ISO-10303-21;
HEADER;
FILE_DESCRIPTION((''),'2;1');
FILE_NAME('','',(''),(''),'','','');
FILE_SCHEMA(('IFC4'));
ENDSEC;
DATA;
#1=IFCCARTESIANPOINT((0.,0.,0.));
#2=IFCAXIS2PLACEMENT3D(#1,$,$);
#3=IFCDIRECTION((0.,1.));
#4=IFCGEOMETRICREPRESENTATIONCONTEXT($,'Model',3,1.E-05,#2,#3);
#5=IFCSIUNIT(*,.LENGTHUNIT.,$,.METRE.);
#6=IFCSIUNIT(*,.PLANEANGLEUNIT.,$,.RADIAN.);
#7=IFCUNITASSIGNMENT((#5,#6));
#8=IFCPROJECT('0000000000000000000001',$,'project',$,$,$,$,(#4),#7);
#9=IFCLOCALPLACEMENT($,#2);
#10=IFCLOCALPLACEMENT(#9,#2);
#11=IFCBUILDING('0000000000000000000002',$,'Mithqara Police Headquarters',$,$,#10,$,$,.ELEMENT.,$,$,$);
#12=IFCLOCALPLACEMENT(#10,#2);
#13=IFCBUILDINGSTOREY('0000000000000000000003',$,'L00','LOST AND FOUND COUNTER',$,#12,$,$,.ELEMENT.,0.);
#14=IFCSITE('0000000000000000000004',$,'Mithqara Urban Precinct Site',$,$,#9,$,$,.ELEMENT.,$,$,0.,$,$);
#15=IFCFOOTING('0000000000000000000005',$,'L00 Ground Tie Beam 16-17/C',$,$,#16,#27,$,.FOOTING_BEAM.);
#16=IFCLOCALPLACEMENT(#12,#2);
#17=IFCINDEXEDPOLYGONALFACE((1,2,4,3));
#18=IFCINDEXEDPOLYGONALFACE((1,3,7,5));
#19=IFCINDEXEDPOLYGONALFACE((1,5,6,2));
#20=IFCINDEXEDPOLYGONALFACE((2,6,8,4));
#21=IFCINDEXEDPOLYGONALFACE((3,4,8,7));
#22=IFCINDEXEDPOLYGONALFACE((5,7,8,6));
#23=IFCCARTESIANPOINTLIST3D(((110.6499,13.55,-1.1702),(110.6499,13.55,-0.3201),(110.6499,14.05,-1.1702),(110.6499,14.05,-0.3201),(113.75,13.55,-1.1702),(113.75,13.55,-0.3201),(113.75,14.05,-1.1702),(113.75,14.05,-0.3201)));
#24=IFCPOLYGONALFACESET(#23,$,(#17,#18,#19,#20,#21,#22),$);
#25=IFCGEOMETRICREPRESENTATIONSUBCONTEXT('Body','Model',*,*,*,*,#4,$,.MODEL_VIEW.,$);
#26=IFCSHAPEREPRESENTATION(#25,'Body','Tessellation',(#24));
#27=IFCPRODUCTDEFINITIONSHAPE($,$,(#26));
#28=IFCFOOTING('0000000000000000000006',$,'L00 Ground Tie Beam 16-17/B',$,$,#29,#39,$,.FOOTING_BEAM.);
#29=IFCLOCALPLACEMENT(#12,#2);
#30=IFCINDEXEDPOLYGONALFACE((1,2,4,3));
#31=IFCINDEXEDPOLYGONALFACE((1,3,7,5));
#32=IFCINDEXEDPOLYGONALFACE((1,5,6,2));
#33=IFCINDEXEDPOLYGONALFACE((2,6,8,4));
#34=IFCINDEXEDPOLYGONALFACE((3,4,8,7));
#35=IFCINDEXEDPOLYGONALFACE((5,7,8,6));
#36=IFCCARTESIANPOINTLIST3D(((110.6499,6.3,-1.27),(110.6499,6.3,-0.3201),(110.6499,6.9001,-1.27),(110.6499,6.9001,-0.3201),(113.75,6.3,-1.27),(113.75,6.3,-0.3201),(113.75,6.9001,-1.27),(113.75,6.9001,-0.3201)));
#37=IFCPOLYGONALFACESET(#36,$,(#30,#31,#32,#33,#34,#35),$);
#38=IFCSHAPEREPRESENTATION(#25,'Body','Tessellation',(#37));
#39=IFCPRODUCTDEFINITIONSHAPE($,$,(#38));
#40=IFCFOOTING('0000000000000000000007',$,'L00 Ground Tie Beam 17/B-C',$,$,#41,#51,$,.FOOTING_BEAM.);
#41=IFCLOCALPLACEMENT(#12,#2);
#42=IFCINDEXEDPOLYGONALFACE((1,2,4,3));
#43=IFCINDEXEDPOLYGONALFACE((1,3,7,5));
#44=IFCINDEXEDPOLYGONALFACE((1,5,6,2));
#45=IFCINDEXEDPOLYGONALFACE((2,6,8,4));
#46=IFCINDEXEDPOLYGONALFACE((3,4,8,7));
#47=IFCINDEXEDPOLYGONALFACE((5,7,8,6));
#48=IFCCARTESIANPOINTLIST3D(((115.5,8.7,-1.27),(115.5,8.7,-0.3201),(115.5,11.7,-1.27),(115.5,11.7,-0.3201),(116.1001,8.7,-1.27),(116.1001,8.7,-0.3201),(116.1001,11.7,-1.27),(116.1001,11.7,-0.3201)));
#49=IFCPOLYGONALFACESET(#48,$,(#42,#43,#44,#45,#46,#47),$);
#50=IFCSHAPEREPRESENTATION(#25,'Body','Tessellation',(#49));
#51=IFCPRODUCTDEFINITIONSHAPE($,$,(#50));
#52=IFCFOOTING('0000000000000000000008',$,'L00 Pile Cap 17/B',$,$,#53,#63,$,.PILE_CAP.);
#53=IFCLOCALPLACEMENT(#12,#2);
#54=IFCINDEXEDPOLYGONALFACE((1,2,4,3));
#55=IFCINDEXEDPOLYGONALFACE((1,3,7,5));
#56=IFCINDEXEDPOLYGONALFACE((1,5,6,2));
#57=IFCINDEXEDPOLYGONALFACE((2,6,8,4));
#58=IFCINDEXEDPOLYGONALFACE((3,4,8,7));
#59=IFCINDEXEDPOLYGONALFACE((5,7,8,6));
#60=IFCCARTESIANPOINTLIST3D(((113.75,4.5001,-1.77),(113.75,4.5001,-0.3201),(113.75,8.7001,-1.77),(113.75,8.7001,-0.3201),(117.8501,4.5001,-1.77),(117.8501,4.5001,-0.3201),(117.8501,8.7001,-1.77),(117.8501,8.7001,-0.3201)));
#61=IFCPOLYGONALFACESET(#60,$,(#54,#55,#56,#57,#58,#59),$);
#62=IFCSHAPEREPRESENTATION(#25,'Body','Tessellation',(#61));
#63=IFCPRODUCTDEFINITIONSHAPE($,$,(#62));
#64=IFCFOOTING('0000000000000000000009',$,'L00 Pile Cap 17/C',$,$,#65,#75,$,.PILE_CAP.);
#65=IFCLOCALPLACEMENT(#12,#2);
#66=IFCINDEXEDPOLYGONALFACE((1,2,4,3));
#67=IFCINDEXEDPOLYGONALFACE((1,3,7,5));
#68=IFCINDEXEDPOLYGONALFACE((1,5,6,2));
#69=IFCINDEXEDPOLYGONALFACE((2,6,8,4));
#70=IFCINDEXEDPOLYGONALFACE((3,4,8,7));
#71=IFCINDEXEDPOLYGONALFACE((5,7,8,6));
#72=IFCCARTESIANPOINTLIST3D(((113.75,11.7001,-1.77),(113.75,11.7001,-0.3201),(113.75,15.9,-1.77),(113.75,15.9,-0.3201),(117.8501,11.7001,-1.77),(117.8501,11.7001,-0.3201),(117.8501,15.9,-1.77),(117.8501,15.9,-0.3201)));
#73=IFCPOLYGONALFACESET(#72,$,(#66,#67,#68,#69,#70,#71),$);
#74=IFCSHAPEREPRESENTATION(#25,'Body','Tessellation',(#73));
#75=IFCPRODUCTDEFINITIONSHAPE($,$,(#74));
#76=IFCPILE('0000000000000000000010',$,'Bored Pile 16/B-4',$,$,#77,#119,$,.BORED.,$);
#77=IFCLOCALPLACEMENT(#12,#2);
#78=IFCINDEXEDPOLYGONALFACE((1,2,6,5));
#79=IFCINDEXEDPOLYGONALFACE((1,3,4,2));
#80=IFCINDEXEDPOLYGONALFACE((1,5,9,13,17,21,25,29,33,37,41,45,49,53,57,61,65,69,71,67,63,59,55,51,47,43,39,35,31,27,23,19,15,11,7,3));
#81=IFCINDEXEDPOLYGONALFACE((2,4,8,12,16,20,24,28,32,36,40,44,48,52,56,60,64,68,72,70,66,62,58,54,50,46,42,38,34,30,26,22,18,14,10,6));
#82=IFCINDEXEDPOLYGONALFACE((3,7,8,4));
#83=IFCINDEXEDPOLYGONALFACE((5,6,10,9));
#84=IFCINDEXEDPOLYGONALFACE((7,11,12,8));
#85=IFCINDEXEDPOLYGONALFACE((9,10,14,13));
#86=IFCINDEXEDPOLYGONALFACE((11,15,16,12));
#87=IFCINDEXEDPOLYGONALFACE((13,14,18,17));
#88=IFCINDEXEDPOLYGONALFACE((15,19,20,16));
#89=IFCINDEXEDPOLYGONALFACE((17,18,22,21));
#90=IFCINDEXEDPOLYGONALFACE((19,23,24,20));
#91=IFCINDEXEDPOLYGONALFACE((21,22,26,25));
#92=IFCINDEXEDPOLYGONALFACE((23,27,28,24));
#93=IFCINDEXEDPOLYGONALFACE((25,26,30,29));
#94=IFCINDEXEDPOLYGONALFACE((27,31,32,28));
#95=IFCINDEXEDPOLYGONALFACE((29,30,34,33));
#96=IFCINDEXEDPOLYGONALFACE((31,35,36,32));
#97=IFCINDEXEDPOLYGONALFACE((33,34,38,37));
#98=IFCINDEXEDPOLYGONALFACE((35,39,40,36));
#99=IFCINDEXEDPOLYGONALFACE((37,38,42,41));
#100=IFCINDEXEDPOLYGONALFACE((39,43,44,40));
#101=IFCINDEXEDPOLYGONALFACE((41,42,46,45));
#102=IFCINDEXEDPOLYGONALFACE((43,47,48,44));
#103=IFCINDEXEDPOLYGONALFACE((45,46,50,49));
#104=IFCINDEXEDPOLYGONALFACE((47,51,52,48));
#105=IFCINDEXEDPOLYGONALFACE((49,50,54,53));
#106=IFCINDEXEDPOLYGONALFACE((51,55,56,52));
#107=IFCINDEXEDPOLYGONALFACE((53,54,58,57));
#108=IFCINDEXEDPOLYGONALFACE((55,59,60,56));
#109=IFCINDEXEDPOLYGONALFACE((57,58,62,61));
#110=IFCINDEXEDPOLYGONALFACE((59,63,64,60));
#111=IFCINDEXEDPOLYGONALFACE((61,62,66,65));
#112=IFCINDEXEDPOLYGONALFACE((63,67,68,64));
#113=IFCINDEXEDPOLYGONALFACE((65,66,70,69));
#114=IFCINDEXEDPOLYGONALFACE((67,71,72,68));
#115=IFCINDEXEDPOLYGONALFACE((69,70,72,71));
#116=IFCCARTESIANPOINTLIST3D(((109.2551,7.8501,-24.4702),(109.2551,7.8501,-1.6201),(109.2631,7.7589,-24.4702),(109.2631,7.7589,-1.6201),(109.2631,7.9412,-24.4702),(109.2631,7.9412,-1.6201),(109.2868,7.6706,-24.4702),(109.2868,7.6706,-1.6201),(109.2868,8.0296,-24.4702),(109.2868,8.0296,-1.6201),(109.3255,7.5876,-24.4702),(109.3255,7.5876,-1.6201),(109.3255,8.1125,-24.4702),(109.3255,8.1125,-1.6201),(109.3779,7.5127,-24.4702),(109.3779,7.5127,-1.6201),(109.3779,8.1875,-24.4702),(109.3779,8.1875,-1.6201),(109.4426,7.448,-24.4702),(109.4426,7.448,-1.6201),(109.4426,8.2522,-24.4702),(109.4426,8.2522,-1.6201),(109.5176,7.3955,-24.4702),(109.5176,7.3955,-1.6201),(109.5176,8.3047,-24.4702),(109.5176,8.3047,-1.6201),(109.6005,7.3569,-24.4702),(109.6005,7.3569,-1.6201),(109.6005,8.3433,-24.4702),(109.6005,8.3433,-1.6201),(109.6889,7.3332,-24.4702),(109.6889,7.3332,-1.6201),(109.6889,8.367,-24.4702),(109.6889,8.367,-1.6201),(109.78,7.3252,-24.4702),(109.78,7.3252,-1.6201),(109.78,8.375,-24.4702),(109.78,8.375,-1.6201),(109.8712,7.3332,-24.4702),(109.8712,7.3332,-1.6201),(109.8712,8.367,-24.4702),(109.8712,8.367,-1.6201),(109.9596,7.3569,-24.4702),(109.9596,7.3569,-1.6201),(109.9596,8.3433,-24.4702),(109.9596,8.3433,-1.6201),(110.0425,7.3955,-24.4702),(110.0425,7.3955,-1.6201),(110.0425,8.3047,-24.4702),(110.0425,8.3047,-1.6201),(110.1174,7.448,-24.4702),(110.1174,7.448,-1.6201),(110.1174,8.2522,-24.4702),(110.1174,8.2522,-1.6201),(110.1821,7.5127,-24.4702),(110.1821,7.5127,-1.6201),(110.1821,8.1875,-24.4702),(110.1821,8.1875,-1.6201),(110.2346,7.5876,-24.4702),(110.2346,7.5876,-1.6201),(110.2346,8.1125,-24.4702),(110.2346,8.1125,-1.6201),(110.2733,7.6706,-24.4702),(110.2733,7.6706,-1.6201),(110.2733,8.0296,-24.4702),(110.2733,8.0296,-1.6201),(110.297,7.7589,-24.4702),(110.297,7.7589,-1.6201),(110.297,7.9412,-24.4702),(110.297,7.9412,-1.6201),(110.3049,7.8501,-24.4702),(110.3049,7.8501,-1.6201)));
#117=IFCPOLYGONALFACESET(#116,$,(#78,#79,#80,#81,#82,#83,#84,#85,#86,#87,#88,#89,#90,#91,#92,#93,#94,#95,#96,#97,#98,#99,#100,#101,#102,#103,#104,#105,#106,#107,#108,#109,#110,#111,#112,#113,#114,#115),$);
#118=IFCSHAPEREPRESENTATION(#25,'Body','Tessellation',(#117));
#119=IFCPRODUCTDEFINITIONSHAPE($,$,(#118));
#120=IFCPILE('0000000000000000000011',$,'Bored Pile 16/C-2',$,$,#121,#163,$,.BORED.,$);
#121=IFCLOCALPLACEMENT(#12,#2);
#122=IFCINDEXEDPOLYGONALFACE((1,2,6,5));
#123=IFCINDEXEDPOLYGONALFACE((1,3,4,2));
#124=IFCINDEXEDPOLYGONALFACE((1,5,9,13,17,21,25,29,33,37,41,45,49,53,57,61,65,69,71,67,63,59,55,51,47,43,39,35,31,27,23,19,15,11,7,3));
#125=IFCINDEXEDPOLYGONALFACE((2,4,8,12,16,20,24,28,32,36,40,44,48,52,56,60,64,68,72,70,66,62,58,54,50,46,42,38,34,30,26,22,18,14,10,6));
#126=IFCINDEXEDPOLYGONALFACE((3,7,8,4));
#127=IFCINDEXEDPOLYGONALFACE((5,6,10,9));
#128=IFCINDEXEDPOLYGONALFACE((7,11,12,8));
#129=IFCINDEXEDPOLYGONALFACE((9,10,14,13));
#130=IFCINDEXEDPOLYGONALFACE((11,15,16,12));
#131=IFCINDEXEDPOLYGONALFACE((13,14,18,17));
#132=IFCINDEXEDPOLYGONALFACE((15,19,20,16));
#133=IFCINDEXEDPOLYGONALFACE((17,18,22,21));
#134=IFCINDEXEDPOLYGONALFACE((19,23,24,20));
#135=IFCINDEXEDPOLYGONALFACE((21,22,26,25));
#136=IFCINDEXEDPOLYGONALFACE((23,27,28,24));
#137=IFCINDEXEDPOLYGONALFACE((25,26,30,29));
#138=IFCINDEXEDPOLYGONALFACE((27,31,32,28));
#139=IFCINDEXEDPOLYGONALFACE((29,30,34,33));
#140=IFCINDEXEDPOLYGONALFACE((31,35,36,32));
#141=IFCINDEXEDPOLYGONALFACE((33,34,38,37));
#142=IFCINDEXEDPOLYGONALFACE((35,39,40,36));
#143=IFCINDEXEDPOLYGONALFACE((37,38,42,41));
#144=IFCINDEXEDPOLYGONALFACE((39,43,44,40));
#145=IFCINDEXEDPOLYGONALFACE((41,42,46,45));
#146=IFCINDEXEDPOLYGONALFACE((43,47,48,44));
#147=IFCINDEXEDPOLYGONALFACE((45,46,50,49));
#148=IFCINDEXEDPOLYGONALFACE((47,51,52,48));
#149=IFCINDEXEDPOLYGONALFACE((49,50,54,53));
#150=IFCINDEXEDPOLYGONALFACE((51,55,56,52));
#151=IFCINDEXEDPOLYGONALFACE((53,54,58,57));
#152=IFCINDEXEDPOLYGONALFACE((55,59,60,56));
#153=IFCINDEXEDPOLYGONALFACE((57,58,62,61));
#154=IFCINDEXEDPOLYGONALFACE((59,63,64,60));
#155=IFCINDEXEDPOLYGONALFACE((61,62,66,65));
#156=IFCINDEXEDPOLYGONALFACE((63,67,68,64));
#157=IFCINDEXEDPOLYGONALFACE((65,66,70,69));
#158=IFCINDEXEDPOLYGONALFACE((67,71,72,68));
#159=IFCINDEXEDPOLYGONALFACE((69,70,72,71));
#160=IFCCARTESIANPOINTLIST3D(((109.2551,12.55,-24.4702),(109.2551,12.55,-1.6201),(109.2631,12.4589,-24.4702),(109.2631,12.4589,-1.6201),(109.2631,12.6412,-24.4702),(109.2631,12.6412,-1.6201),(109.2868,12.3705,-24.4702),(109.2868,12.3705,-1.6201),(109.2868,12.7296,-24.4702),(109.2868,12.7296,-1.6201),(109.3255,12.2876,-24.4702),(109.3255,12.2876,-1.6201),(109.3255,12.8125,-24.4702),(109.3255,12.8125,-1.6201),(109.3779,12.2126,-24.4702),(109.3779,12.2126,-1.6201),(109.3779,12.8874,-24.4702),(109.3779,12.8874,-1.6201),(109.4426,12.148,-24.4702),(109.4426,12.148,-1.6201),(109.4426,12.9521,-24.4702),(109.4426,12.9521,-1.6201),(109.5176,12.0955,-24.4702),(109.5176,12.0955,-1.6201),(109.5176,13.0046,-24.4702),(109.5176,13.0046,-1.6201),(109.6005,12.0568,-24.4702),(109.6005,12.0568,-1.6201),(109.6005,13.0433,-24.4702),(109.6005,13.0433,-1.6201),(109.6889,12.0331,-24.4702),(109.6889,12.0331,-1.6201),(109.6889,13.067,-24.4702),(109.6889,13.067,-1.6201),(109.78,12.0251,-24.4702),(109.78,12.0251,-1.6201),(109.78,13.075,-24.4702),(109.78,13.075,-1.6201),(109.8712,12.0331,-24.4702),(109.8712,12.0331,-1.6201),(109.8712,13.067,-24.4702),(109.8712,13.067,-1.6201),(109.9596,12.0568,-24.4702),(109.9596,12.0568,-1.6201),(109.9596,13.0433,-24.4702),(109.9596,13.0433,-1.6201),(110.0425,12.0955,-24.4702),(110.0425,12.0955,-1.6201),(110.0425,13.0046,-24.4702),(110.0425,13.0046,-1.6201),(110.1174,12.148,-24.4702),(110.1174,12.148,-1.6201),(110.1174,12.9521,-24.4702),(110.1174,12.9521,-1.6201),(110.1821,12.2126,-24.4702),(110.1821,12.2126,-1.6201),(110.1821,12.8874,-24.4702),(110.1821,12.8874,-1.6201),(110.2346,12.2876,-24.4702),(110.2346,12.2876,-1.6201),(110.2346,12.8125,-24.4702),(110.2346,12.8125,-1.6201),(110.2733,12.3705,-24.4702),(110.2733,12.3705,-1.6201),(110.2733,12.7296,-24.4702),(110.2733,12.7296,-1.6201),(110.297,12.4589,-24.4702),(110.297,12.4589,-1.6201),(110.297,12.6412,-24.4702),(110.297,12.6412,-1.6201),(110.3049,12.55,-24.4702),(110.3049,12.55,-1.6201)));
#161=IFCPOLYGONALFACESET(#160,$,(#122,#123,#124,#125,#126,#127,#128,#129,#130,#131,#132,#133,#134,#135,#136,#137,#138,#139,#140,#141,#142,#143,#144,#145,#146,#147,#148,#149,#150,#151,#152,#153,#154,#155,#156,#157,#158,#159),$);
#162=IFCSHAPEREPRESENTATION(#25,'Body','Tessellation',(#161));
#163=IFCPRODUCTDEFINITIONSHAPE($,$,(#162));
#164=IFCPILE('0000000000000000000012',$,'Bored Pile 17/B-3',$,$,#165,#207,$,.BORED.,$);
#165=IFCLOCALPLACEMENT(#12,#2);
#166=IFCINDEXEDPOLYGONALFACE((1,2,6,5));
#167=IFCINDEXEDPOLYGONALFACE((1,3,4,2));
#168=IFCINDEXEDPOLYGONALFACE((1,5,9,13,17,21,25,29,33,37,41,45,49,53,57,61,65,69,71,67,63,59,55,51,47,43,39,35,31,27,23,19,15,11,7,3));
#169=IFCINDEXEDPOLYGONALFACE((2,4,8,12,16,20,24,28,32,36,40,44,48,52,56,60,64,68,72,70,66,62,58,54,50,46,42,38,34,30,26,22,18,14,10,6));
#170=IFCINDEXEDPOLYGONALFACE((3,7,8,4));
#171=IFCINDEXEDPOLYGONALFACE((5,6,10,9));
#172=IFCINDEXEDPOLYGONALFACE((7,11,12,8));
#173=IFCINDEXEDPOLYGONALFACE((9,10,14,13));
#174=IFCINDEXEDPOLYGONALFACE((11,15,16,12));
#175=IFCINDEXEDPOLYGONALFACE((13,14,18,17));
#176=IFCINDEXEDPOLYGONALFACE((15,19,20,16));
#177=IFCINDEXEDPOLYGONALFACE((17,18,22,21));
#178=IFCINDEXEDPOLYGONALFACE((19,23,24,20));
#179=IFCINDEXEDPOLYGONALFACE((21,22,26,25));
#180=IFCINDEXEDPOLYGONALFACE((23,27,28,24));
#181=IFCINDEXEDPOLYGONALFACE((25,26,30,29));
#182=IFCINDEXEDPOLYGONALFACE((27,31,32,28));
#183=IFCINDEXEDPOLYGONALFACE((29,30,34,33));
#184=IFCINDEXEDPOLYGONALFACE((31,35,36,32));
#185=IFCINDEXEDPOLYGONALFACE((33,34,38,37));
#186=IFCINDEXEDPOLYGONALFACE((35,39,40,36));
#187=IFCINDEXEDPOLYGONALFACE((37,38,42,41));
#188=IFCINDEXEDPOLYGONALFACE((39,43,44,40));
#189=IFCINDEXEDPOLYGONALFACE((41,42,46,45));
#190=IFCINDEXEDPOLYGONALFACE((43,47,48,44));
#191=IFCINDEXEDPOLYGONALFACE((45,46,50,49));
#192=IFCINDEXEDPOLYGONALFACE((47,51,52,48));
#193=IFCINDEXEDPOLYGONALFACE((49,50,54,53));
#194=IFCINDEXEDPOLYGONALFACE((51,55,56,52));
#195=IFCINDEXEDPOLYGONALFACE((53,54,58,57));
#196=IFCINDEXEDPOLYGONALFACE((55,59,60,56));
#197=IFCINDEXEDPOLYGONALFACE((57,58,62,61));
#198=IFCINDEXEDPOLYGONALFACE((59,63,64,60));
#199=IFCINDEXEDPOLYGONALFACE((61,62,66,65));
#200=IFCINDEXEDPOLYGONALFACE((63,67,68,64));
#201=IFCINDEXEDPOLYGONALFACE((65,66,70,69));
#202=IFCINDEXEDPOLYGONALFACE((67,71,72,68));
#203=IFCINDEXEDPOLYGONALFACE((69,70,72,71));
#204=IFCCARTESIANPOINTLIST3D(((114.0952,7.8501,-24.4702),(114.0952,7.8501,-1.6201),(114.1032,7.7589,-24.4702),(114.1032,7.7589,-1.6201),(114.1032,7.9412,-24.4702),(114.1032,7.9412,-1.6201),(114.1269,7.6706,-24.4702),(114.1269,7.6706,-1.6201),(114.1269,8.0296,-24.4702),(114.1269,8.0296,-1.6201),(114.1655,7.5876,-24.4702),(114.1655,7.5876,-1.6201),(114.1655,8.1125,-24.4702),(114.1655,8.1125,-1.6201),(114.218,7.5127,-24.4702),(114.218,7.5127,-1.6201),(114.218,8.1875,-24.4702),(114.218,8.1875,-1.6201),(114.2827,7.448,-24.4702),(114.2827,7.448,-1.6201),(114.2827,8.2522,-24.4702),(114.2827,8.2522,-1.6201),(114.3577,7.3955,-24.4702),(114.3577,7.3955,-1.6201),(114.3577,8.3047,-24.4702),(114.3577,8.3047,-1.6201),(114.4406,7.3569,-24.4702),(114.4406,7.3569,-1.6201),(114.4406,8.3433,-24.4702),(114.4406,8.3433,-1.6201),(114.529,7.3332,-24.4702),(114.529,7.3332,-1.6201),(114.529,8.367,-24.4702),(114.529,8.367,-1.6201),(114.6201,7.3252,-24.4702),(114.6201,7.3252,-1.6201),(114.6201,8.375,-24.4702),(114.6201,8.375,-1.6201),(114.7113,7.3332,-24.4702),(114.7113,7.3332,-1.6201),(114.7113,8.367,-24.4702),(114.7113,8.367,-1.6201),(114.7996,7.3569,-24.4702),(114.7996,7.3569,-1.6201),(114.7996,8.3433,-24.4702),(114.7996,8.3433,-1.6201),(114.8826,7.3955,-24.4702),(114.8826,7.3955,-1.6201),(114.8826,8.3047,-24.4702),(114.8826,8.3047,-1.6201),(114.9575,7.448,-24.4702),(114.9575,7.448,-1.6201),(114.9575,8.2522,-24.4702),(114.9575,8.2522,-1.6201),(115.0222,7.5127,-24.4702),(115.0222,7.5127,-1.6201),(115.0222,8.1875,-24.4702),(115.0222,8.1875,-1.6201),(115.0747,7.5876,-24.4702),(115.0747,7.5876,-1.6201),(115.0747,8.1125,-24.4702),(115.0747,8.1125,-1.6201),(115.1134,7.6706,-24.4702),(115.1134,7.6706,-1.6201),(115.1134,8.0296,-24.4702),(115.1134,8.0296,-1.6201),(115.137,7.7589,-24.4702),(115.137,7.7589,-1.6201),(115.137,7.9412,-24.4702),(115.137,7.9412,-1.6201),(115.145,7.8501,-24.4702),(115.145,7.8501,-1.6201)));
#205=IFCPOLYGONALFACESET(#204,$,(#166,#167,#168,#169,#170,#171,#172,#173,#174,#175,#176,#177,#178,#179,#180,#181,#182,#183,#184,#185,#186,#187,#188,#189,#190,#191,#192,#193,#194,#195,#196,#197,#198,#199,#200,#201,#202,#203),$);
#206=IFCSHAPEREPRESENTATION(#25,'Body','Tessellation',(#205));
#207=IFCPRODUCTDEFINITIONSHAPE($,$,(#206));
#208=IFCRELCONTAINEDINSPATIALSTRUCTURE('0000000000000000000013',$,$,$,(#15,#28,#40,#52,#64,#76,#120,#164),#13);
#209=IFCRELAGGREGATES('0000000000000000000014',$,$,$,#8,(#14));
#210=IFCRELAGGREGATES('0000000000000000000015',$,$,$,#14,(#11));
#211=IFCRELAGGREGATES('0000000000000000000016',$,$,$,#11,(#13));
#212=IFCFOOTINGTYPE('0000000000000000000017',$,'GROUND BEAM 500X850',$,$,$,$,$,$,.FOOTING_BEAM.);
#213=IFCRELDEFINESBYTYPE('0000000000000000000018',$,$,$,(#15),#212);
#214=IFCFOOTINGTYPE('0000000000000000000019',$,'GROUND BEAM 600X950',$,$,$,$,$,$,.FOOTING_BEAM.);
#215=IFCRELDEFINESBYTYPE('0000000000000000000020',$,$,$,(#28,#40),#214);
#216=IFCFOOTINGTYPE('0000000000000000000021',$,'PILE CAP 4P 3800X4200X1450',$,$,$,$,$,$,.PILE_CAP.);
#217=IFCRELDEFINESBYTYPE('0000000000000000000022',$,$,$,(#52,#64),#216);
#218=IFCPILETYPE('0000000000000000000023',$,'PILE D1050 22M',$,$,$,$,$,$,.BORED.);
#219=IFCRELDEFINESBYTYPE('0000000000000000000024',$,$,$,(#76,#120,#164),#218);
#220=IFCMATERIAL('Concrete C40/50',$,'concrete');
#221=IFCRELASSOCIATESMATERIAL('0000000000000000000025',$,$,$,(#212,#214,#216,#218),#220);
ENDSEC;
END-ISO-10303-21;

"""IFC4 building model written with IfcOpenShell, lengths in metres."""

from ifc_helpers import new_model, si_unit, direction, frame, origin, origin_2d, place, context, subcontext, project, spatial, rectangle, circle, extrude, material, material_profile, profile_set, type_object, element, save


model = new_model("IFC4")

# Units and contexts
model_context = context("Model", 3, precision=1e-05, world=origin(), true_north=direction((0.0, 1.0)))
body_context = subcontext(model_context, "Body", "Model", "MODEL_VIEW")
ifc_project = project(units=[si_unit("LENGTHUNIT", "METRE"), si_unit("PLANEANGLEUNIT", "RADIAN")], contexts=[model_context])

# Site, building, storey
site_placement = place(None, origin())
site = spatial("IfcSite", under=ifc_project, at=site_placement, Name="Mithqara Urban Precinct Site", CompositionType="ELEMENT", RefElevation=0.0)
building_placement = place(site_placement, origin())
building = spatial("IfcBuilding", under=site, at=building_placement, Name="Mithqara Police Headquarters", CompositionType="ELEMENT")
storey_placement = place(building_placement, origin())
storey = spatial("IfcBuildingStorey", under=building, at=storey_placement, Name="L00", Description="LOST AND FOUND COUNTER", CompositionType="ELEMENT", Elevation=0.0)

# Footings
ifc_material_1 = material(Name="Concrete C40/50", Category="concrete")
footing_type_1 = type_object("IfcFootingType", Name="GROUND BEAM 500X850", PredefinedType="FOOTING_BEAM", material=ifc_material_1)
footing_1_placement = place(storey_placement, frame((112.2, 13.8, -1.1702), z_axis=(0.0, 0.0, 1.0), x_axis=(1.0, 0.0, 0.0)))
element("IfcFooting", 1, at=footing_1_placement, inside=storey, type_object=footing_type_1, Name="L00 Ground Tie Beam 16-17/C", PredefinedType="FOOTING_BEAM", context=body_context, shape_type="SweptSolid", body=[
    extrude(rectangle(XDim=3.1001, YDim=0.5, at=origin_2d()), origin(), (0.0, 0.0, 1.0), 0.8501),
])
footing_type_2 = type_object("IfcFootingType", Name="GROUND BEAM 600X950", PredefinedType="FOOTING_BEAM", material=ifc_material_1)
footing_2_placement = place(storey_placement, frame((112.2, 6.6001, -1.27), z_axis=(0.0, 0.0, 1.0), x_axis=(1.0, 0.0, 0.0)))
element("IfcFooting", 2, at=footing_2_placement, inside=storey, type_object=footing_type_2, Name="L00 Ground Tie Beam 16-17/B", PredefinedType="FOOTING_BEAM", context=body_context, shape_type="SweptSolid", body=[
    extrude(rectangle(XDim=3.1001, YDim=0.6001, at=origin_2d()), origin(), (0.0, 0.0, 1.0), 0.95),
])
footing_3_placement = place(storey_placement, frame((115.8, 10.2, -1.27), z_axis=(0.0, 0.0, 1.0), x_axis=(1.0, 0.0, 0.0)))
element("IfcFooting", 3, at=footing_3_placement, inside=storey, type_object=footing_type_2, Name="L00 Ground Tie Beam 17/B-C", PredefinedType="FOOTING_BEAM", context=body_context, shape_type="SweptSolid", body=[
    extrude(rectangle(XDim=0.6001, YDim=3.0, at=origin_2d()), origin(), (0.0, 0.0, 1.0), 0.95),
])
footing_type_3 = type_object("IfcFootingType", Name="PILE CAP 4P 3800X4200X1450", PredefinedType="PILE_CAP", material=ifc_material_1)
for number, where, z_axis, x_axis, name in (
    (4, (115.8, 6.6001, -1.77), (0.0, 0.0, 1.0), (1.0, 0.0, 0.0), "L00 Pile Cap 17/B"),
    (5, (115.8, 13.8, -1.77), (0.0, 0.0, 1.0), (1.0, 0.0, 0.0), "L00 Pile Cap 17/C"),
):
    element("IfcFooting", number, at=place(storey_placement, frame(where, z_axis=z_axis, x_axis=x_axis)), inside=storey, type_object=footing_type_3, Name=name, PredefinedType="PILE_CAP", context=body_context, shape_type="SweptSolid", body=[
        extrude(rectangle(XDim=4.1001, YDim=4.2, at=origin_2d()), origin(), (0.0, 0.0, 1.0), 1.45),
    ])

# Piles
ifc_material_profile_1 = material_profile(ifc_material_1, circle(Radius=0.5249, at=origin_2d()), Name="PILE D1050")
ifc_profile_set_1 = profile_set([ifc_material_profile_1], Name="Concrete C40/50")
pile_type = type_object("IfcPileType", Name="PILE D1050 22M", PredefinedType="BORED", material=ifc_profile_set_1)
for number, where, z_axis, x_axis, name in (
    (6, (109.78, 7.8501, -1.6201), (0.0, 0.0, -1.0), (1.0, 0.0, 0.0), "Bored Pile 16/B-4"),
    (7, (109.78, 12.55, -1.6201), (0.0, 0.0, -1.0), (1.0, 0.0, 0.0), "Bored Pile 16/C-2"),
    (8, (114.6201, 7.8501, -1.6201), (0.0, 0.0, -1.0), (1.0, 0.0, 0.0), "Bored Pile 17/B-3"),
):
    element("IfcPile", number, at=place(storey_placement, frame(where, z_axis=z_axis, x_axis=x_axis)), inside=storey, type_object=pile_type, Name=name, PredefinedType="BORED", context=body_context, shape_type="SweptSolid", body=[
        extrude(circle(Radius=0.5249, at=origin_2d()), origin(), (0.0, 0.0, 1.0), 22.8501),
    ])

save(model, "model.ifc")
